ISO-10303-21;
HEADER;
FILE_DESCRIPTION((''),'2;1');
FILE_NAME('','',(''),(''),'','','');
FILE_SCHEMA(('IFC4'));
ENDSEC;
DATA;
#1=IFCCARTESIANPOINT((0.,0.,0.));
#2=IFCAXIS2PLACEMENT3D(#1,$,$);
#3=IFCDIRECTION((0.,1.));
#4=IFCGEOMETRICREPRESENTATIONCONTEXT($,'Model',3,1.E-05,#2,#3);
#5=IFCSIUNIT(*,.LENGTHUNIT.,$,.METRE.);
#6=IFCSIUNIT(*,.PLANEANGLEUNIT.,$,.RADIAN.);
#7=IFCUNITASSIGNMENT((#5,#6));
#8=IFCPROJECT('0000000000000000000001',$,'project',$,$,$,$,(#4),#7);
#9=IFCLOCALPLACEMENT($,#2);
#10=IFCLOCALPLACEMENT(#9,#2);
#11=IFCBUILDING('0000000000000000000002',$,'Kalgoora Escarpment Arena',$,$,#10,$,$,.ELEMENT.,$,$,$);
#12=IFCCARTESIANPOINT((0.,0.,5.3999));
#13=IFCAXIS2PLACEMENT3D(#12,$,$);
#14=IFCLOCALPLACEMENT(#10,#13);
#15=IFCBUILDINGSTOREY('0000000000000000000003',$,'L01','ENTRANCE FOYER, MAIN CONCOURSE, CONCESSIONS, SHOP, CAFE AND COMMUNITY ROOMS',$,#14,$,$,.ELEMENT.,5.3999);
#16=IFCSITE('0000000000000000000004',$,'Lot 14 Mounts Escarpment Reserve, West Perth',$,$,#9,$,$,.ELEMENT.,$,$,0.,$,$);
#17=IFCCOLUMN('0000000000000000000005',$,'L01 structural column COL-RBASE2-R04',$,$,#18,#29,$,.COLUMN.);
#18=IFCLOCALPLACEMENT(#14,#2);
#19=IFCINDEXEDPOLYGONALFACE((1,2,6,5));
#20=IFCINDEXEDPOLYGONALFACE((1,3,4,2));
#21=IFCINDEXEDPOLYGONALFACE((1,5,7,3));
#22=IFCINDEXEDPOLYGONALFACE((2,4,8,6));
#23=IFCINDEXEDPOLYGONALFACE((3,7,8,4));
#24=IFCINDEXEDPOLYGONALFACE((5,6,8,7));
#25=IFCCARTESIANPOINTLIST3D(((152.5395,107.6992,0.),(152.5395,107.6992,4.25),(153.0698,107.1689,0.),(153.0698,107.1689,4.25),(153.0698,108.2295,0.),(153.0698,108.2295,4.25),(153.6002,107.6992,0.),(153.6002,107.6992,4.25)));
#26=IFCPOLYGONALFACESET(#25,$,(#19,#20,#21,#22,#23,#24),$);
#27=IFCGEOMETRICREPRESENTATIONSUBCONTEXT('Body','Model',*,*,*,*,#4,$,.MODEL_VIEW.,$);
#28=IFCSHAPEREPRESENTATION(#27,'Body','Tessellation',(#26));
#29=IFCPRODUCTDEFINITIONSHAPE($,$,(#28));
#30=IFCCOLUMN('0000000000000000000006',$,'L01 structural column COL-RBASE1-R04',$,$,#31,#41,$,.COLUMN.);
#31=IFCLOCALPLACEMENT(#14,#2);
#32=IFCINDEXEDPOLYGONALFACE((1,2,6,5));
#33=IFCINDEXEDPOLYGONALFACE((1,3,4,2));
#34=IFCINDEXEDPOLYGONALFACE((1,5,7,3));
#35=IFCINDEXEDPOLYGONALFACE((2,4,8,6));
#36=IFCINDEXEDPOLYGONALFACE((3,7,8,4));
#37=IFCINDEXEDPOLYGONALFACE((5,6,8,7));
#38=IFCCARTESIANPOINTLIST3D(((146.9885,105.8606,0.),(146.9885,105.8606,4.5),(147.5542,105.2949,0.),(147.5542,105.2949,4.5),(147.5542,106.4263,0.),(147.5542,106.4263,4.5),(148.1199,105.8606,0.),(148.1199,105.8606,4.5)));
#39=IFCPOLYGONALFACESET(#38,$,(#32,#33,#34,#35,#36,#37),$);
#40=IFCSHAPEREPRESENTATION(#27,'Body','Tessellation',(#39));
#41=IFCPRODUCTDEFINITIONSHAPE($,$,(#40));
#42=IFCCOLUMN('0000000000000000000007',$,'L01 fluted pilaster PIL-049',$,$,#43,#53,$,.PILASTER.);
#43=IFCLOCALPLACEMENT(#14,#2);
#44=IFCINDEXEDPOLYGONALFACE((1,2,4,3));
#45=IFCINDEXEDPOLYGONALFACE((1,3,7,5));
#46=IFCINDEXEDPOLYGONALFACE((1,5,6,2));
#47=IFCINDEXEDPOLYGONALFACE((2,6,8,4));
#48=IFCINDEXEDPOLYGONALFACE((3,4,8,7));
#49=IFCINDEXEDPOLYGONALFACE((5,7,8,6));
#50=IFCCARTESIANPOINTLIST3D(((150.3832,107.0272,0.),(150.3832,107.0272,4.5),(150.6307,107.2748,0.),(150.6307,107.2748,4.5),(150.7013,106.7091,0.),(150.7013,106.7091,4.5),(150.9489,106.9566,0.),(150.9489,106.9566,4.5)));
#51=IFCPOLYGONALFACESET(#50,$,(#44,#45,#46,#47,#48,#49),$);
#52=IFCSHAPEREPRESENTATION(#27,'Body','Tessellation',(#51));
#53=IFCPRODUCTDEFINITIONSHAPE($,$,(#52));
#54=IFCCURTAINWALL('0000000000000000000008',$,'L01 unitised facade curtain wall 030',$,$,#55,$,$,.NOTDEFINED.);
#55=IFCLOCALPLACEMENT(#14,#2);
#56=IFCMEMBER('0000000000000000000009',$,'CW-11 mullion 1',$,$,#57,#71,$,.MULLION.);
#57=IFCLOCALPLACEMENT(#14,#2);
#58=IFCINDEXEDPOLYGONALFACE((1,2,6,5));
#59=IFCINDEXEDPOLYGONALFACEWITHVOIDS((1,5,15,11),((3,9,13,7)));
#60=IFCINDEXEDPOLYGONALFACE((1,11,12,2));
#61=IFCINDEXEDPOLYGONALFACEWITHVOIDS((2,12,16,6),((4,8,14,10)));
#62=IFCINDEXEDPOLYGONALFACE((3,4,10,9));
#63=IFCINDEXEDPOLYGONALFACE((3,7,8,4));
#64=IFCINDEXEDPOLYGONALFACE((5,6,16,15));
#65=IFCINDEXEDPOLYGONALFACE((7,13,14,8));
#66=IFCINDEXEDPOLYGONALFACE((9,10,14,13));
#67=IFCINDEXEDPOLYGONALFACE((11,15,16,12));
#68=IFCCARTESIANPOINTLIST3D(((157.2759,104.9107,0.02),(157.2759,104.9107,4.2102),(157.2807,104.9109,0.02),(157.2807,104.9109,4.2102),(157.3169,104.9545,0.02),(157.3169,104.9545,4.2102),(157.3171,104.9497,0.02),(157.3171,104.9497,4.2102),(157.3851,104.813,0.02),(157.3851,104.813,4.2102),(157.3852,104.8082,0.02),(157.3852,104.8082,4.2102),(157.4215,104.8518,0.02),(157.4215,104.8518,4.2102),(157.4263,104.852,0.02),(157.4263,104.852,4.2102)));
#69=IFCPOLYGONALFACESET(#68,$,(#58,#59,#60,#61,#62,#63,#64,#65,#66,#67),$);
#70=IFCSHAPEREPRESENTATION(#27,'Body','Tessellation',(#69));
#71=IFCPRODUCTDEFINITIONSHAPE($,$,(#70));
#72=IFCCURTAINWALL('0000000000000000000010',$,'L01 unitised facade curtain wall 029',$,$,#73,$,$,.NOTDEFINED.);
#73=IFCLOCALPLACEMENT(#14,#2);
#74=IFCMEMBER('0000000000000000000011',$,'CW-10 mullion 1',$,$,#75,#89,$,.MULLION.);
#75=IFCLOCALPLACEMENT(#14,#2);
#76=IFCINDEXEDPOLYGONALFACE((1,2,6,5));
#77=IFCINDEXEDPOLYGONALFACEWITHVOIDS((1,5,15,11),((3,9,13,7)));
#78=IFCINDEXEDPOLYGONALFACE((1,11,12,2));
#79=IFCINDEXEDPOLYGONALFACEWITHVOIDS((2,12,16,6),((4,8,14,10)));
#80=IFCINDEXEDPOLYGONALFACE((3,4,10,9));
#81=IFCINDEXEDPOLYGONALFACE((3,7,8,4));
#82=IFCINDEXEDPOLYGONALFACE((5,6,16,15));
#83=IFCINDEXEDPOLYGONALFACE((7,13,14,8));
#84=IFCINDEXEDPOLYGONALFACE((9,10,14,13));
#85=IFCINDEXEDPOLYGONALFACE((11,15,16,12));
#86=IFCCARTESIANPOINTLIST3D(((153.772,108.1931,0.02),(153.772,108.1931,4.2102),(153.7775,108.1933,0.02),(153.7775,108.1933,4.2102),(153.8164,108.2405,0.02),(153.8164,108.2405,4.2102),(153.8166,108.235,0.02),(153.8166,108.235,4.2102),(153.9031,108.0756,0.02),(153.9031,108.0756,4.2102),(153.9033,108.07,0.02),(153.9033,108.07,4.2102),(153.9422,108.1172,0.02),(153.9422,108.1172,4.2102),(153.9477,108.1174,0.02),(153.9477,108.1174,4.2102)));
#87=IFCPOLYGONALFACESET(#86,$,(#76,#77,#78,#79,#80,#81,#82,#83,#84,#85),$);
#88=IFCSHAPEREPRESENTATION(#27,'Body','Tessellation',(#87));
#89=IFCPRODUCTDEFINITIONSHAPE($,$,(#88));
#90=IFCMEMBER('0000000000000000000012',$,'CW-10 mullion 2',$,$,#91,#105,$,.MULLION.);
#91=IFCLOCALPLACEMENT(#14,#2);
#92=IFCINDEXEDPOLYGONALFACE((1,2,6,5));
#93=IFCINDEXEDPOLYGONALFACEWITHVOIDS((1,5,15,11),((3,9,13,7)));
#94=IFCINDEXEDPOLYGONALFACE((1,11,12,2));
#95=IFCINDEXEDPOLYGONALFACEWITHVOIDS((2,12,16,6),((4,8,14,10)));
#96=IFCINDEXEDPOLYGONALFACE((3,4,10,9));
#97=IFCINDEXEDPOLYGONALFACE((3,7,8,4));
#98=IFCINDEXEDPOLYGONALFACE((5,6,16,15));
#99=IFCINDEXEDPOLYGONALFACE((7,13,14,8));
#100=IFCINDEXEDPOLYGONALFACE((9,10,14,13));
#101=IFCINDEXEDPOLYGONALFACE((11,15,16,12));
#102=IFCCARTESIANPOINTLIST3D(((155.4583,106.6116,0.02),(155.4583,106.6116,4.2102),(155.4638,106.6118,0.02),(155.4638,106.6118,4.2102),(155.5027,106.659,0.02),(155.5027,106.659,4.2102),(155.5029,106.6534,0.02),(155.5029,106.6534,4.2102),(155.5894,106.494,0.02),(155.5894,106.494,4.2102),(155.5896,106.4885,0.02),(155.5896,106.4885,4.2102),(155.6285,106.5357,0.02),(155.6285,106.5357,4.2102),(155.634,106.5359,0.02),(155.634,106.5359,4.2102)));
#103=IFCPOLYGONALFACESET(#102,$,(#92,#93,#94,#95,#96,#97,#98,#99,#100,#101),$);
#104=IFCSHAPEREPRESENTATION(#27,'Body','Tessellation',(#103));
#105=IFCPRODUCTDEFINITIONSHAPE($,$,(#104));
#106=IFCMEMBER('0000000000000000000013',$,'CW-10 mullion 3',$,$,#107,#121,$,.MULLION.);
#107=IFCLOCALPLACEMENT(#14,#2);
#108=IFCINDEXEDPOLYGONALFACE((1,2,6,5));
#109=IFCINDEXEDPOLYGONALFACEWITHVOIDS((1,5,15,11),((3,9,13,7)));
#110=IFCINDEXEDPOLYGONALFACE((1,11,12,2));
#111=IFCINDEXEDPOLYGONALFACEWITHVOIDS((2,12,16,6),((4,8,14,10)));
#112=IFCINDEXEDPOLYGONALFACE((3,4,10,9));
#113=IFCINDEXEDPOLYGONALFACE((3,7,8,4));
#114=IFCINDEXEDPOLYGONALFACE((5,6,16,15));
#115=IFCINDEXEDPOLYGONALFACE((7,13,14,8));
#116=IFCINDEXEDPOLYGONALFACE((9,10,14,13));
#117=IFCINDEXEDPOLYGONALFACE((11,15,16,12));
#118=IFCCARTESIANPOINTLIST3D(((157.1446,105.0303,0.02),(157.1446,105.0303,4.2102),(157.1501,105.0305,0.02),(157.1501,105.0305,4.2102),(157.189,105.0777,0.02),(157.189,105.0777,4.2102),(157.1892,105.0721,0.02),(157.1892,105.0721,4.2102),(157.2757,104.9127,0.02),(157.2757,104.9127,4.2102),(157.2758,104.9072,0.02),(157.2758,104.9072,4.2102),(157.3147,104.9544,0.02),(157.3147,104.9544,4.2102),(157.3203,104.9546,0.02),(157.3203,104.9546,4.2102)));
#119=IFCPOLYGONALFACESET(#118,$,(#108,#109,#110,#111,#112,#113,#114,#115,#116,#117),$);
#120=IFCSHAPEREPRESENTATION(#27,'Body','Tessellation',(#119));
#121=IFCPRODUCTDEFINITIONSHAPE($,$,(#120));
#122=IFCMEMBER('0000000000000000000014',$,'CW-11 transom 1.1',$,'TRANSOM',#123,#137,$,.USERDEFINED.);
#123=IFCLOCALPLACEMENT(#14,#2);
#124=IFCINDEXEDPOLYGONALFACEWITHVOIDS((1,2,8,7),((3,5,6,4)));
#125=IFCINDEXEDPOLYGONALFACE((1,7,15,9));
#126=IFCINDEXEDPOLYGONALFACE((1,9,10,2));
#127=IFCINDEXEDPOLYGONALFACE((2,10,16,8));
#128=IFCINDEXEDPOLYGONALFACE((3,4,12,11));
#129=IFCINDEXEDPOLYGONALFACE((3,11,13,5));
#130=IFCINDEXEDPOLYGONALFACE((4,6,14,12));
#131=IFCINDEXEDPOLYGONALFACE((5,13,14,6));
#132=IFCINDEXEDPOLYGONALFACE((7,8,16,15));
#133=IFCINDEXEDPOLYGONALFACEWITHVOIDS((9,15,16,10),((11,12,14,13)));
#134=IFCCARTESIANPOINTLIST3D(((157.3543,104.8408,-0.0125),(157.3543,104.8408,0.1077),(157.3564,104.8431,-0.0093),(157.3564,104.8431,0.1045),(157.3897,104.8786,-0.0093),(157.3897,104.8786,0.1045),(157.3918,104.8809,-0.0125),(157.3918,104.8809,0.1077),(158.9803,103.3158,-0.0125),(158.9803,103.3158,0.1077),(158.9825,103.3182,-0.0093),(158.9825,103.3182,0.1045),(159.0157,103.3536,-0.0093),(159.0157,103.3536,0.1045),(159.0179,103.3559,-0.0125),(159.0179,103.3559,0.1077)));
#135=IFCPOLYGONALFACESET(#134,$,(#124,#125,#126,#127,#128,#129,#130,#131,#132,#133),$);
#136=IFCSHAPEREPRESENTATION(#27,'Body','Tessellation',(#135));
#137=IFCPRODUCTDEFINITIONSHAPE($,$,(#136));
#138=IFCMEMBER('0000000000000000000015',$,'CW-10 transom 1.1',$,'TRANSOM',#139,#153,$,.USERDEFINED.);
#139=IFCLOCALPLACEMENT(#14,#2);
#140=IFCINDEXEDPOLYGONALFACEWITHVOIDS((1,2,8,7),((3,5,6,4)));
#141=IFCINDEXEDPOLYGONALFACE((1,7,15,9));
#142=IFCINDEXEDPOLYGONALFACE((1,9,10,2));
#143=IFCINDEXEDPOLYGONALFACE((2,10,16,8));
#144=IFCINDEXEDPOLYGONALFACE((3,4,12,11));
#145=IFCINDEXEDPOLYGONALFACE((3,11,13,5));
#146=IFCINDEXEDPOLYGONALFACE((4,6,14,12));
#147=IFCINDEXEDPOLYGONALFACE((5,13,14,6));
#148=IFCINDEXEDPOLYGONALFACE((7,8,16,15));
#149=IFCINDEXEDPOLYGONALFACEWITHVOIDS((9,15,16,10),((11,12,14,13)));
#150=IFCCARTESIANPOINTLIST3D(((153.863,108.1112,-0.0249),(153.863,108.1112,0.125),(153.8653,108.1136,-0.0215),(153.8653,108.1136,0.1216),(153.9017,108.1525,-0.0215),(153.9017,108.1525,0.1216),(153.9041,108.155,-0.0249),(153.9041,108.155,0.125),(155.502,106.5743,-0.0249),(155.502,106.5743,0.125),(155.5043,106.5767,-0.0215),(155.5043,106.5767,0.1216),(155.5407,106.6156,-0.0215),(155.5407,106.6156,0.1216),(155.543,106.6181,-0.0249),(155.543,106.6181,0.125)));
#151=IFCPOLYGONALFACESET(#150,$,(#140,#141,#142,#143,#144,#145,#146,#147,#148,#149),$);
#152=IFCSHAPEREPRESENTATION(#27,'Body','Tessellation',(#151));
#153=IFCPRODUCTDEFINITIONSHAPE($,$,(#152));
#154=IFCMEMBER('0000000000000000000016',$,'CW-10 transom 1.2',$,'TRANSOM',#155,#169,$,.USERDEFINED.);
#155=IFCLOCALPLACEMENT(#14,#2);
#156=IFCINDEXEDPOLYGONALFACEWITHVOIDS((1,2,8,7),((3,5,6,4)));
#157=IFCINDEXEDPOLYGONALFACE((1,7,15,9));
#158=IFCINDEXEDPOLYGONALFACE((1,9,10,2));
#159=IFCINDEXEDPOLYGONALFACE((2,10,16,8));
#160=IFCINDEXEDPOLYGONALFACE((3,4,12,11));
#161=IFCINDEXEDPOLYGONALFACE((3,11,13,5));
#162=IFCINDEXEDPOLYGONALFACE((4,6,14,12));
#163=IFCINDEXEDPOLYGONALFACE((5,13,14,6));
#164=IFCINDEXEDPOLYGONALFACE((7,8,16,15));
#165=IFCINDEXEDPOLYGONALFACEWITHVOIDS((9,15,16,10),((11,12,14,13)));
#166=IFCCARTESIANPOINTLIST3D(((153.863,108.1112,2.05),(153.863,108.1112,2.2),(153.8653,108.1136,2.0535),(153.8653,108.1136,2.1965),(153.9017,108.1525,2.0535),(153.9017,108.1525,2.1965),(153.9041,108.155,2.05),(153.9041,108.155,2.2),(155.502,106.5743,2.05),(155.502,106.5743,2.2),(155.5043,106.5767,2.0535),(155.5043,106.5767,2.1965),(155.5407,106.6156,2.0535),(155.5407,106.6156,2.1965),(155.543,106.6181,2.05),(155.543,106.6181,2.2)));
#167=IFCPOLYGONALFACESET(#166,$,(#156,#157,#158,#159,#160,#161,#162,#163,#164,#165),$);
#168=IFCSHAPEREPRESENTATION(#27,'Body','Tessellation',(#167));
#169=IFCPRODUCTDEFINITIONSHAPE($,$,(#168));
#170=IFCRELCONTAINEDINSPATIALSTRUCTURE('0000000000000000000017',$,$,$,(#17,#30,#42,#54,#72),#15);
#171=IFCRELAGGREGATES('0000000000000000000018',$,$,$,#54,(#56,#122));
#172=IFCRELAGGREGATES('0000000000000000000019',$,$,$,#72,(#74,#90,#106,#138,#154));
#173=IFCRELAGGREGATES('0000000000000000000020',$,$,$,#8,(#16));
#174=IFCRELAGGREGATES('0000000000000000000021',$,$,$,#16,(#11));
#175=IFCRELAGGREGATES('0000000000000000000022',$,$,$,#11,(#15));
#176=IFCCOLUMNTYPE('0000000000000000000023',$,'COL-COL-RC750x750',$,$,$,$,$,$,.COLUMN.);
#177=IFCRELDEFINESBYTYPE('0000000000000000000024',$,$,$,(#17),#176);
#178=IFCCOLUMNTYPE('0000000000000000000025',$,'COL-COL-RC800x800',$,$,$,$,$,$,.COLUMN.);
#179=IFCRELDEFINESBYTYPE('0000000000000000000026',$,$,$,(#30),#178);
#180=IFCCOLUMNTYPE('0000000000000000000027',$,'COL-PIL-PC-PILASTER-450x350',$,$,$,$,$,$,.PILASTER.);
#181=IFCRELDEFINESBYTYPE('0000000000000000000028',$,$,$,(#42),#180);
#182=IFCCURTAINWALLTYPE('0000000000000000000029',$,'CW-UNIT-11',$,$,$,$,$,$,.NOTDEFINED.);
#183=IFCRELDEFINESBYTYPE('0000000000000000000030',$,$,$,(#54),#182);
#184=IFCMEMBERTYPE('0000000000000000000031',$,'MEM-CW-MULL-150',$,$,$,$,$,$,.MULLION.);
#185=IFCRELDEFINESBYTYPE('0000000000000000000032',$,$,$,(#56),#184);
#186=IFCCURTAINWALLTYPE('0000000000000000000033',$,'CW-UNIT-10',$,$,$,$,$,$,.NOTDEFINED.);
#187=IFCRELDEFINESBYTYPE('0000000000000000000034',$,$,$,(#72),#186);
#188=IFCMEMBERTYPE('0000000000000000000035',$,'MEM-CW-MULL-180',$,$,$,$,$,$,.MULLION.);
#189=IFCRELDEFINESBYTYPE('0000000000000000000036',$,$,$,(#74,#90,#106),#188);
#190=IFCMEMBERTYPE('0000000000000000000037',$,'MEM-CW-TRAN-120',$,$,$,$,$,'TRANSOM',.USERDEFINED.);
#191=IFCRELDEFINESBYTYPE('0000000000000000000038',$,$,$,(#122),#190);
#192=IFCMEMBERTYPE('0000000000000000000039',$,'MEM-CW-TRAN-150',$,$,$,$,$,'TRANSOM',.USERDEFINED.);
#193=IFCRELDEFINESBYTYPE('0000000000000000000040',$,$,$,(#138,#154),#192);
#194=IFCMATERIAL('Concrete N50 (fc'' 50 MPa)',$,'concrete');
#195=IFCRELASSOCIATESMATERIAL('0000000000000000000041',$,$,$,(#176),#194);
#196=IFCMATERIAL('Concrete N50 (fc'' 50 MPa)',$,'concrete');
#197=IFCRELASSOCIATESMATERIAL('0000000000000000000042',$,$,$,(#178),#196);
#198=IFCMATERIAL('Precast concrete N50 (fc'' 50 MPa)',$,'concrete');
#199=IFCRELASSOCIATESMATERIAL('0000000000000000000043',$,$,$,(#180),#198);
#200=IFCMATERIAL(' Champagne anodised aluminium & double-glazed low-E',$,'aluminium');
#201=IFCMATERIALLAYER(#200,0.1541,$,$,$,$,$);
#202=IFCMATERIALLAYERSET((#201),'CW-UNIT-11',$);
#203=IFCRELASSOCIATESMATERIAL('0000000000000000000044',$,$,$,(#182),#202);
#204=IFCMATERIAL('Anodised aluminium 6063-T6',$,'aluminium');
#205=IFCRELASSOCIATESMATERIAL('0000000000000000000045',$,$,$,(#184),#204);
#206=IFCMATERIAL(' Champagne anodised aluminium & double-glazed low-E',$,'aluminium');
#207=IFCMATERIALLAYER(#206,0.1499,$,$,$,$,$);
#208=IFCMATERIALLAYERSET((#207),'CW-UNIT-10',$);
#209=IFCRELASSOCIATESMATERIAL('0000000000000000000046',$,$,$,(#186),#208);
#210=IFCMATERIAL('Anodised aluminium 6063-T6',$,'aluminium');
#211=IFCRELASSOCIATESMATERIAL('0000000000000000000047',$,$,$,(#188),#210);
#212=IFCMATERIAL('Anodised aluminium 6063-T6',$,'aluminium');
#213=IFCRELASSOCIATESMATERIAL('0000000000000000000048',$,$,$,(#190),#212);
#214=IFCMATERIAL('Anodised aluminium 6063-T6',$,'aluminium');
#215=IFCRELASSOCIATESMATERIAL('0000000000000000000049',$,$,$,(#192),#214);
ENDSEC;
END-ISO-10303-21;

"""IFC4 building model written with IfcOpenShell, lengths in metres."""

from ifc_helpers import new_model, si_unit, direction, frame, origin, origin_2d, place, context, subcontext, project, spatial, rectangle, hollow_rectangle, extrude, material, layer, layer_set, material_profile, profile_set, type_object, element, aggregate, save


model = new_model("IFC4")

# Units and contexts
model_context = context("Model", 3, precision=1e-05, world=origin(), true_north=direction((0.0, 1.0)))
body_context = subcontext(model_context, "Body", "Model", "MODEL_VIEW")
ifc_project = project(units=[si_unit("LENGTHUNIT", "METRE"), si_unit("PLANEANGLEUNIT", "RADIAN")], contexts=[model_context])

# Site, building, storey
site_placement = place(None, origin())
site = spatial("IfcSite", under=ifc_project, at=site_placement, Name="Lot 14 Mounts Escarpment Reserve, West Perth", CompositionType="ELEMENT", RefElevation=0.0)
building_placement = place(site_placement, origin())
building = spatial("IfcBuilding", under=site, at=building_placement, Name="Kalgoora Escarpment Arena", CompositionType="ELEMENT")
storey_placement = place(building_placement, frame((0.0, 0.0, 5.3999)))
storey = spatial("IfcBuildingStorey", under=building, at=storey_placement, Name="L01", Description="ENTRANCE FOYER, MAIN CONCOURSE, CONCESSIONS, SHOP, CAFE AND COMMUNITY ROOMS", CompositionType="ELEMENT", Elevation=5.3999)

# Columns
ifc_material_1 = material(Name="Concrete N50 (fc' 50 MPa)", Category="concrete")
ifc_material_profile_1 = material_profile(ifc_material_1, rectangle(XDim=0.75, YDim=0.75, at=origin_2d()))
ifc_profile_set_1 = profile_set([ifc_material_profile_1], Name="Concrete N50 (fc' 50 MPa)")
column_type_1 = type_object("IfcColumnType", Name="COL-COL-RC750x750", PredefinedType="COLUMN", material=ifc_profile_set_1)
column_1_placement = place(storey_placement, frame((153.0698, 107.6992, 0.0), z_axis=(0.0, 0.0, 1.0), x_axis=(0.707107, 0.707107, 0.0)))
element("IfcColumn", 1, at=column_1_placement, inside=storey, type_object=column_type_1, Name="L01 structural column COL-RBASE2-R04", PredefinedType="COLUMN", context=body_context, shape_type="SweptSolid", body=[
    extrude(rectangle(XDim=0.75, YDim=0.75, at=origin_2d()), origin(), (0.0, 0.0, 1.0), 4.25),
])
ifc_material_2 = material(Name="Concrete N50 (fc' 50 MPa)", Category="concrete")
ifc_material_profile_2 = material_profile(ifc_material_2, rectangle(XDim=0.8, YDim=0.8, at=origin_2d()))
ifc_profile_set_2 = profile_set([ifc_material_profile_2], Name="Concrete N50 (fc' 50 MPa)")
column_type_2 = type_object("IfcColumnType", Name="COL-COL-RC800x800", PredefinedType="COLUMN", material=ifc_profile_set_2)
column_2_placement = place(storey_placement, frame((147.5542, 105.8606, 0.0), z_axis=(0.0, 0.0, 1.0), x_axis=(0.707107, 0.707107, 0.0)))
element("IfcColumn", 2, at=column_2_placement, inside=storey, type_object=column_type_2, Name="L01 structural column COL-RBASE1-R04", PredefinedType="COLUMN", context=body_context, shape_type="SweptSolid", body=[
    extrude(rectangle(XDim=0.8, YDim=0.8, at=origin_2d()), origin(), (0.0, 0.0, 1.0), 4.5),
])
ifc_material_3 = material(Name="Precast concrete N50 (fc' 50 MPa)", Category="concrete")
ifc_material_profile_3 = material_profile(ifc_material_3, rectangle(XDim=0.3501, YDim=0.45, at=origin_2d()))
ifc_profile_set_3 = profile_set([ifc_material_profile_3], Name="Precast concrete N50 (fc' 50 MPa)")
column_type_3 = type_object("IfcColumnType", Name="COL-PIL-PC-PILASTER-450x350", PredefinedType="PILASTER", material=ifc_profile_set_3)
column_3_placement = place(storey_placement, frame((150.666, 106.9919, 0.0), z_axis=(0.0, 0.0, 1.0), x_axis=(0.707107, 0.707107, 0.0)))
element("IfcColumn", 3, at=column_3_placement, inside=storey, type_object=column_type_3, Name="L01 fluted pilaster PIL-049", PredefinedType="PILASTER", context=body_context, shape_type="SweptSolid", body=[
    extrude(rectangle(XDim=0.3501, YDim=0.45, at=origin_2d()), origin(), (0.0, 0.0, 1.0), 4.5),
])

# Curtain wall, member
ifc_material_4 = material(Name=" Champagne anodised aluminium & double-glazed low-E", Category="aluminium")
ifc_layer_1 = layer(ifc_material_4, 0.1541)
ifc_layer_set_1 = layer_set([ifc_layer_1], Name="CW-UNIT-11")
curtain_wall_type_1 = type_object("IfcCurtainWallType", Name="CW-UNIT-11", PredefinedType="NOTDEFINED", material=ifc_layer_set_1)
curtain_wall_1_placement = place(storey_placement, origin())
curtain_wall_1 = element("IfcCurtainWall", 4, at=curtain_wall_1_placement, inside=storey, type_object=curtain_wall_type_1, Name="L01 unitised facade curtain wall 030", PredefinedType="NOTDEFINED")
ifc_material_5 = material(Name="Anodised aluminium 6063-T6", Category="aluminium")
ifc_material_profile_4 = material_profile(ifc_material_5, hollow_rectangle(XDim=0.0601, YDim=0.1499, WallThickness=0.0034, at=origin_2d()))
ifc_profile_set_4 = profile_set([ifc_material_profile_4], Name="Anodised aluminium 6063-T6")
member_type_1 = type_object("IfcMemberType", Name="MEM-CW-MULL-150", PredefinedType="MULLION", material=ifc_profile_set_4)
member_1_placement = place(storey_placement, frame((157.3511, 104.8813, 0.02), z_axis=(0.0, 0.0, 1.0), x_axis=(0.684029, 0.729455, 0.0)))
member_1 = element("IfcMember", 5, at=member_1_placement, type_object=member_type_1, Name="CW-11 mullion 1", PredefinedType="MULLION", context=body_context, shape_type="SweptSolid", body=[
    extrude(hollow_rectangle(XDim=0.0601, YDim=0.1499, WallThickness=0.0034, at=origin_2d()), origin(), (0.0, 0.0, 1.0), 4.1902),
])

# Curtain wall, members
ifc_material_6 = material(Name=" Champagne anodised aluminium & double-glazed low-E", Category="aluminium")
ifc_layer_2 = layer(ifc_material_6, 0.1499)
ifc_layer_set_2 = layer_set([ifc_layer_2], Name="CW-UNIT-10")
curtain_wall_type_2 = type_object("IfcCurtainWallType", Name="CW-UNIT-10", PredefinedType="NOTDEFINED", material=ifc_layer_set_2)
curtain_wall_2_placement = place(storey_placement, origin())
curtain_wall_2 = element("IfcCurtainWall", 6, at=curtain_wall_2_placement, inside=storey, type_object=curtain_wall_type_2, Name="L01 unitised facade curtain wall 029", PredefinedType="NOTDEFINED")
ifc_material_7 = material(Name="Anodised aluminium 6063-T6", Category="aluminium")
ifc_material_profile_5 = material_profile(ifc_material_7, hollow_rectangle(XDim=0.0649, YDim=0.1799, WallThickness=0.0039, at=origin_2d()))
ifc_profile_set_5 = profile_set([ifc_material_profile_5], Name="Anodised aluminium 6063-T6")
member_type_2 = type_object("IfcMemberType", Name="MEM-CW-MULL-180", PredefinedType="MULLION", material=ifc_profile_set_5)
member_2_placement = place(storey_placement, frame((153.8599, 108.1553, 0.02), z_axis=(0.0, 0.0, 1.0), x_axis=(0.684038, 0.729447, 0.0)))
member_2 = element("IfcMember", 7, at=member_2_placement, type_object=member_type_2, Name="CW-10 mullion 1", PredefinedType="MULLION", context=body_context, shape_type="SweptSolid", body=[
    extrude(hollow_rectangle(XDim=0.0649, YDim=0.1799, WallThickness=0.0039, at=origin_2d()), origin(), (0.0, 0.0, 1.0), 4.1902),
])
member_3_placement = place(storey_placement, frame((155.5461, 106.5737, 0.02), z_axis=(0.0, 0.0, 1.0), x_axis=(0.684038, 0.729447, 0.0)))
member_3 = element("IfcMember", 8, at=member_3_placement, type_object=member_type_2, Name="CW-10 mullion 2", PredefinedType="MULLION", context=body_context, shape_type="SweptSolid", body=[
    extrude(hollow_rectangle(XDim=0.0649, YDim=0.1799, WallThickness=0.0039, at=origin_2d()), origin(), (0.0, 0.0, 1.0), 4.1902),
])
member_4_placement = place(storey_placement, frame((157.2324, 104.9924, 0.02), z_axis=(0.0, 0.0, 1.0), x_axis=(0.684038, 0.729447, 0.0)))
member_4 = element("IfcMember", 9, at=member_4_placement, type_object=member_type_2, Name="CW-10 mullion 3", PredefinedType="MULLION", context=body_context, shape_type="SweptSolid", body=[
    extrude(hollow_rectangle(XDim=0.0649, YDim=0.1799, WallThickness=0.0039, at=origin_2d()), origin(), (0.0, 0.0, 1.0), 4.1902),
])

# Members
ifc_material_8 = material(Name="Anodised aluminium 6063-T6", Category="aluminium")
ifc_material_profile_6 = material_profile(ifc_material_8, hollow_rectangle(XDim=0.0549, YDim=0.1201, WallThickness=0.0032, at=origin_2d()))
ifc_profile_set_6 = profile_set([ifc_material_profile_6], Name="Anodised aluminium 6063-T6")
member_type_3 = type_object("IfcMemberType", Name="MEM-CW-TRAN-120", ElementType="TRANSOM", PredefinedType="USERDEFINED", material=ifc_profile_set_6)
member_5_placement = place(storey_placement, frame((157.373, 104.8608, 0.0476), z_axis=(0.729414, -0.684072, 0.0), x_axis=(0.684072, 0.729414, 0.0)))
member_5 = element("IfcMember", 10, at=member_5_placement, type_object=member_type_3, Name="CW-11 transom 1.1", ObjectType="TRANSOM", PredefinedType="USERDEFINED", context=body_context, shape_type="SweptSolid", body=[
    extrude(hollow_rectangle(XDim=0.0549, YDim=0.1201, WallThickness=0.0032, at=origin_2d()), origin(), (0.0, 0.0, 1.0), 2.2292),
])
aggregate(curtain_wall_1, [member_1, member_5])
ifc_material_9 = material(Name="Anodised aluminium 6063-T6", Category="aluminium")
ifc_material_profile_7 = material_profile(ifc_material_9, hollow_rectangle(XDim=0.0601, YDim=0.1499, WallThickness=0.0034, at=origin_2d()))
ifc_profile_set_7 = profile_set([ifc_material_profile_7], Name="Anodised aluminium 6063-T6")
member_type_4 = type_object("IfcMemberType", Name="MEM-CW-TRAN-150", ElementType="TRANSOM", PredefinedType="USERDEFINED", material=ifc_profile_set_7)
member_6_placement = place(storey_placement, frame((153.8835, 108.1331, 0.05), z_axis=(0.729452, -0.684031, 0.0), x_axis=(0.684031, 0.729452, 0.0)))
member_6 = element("IfcMember", 11, at=member_6_placement, type_object=member_type_4, Name="CW-10 transom 1.1", ObjectType="TRANSOM", PredefinedType="USERDEFINED", context=body_context, shape_type="SweptSolid", body=[
    extrude(hollow_rectangle(XDim=0.0601, YDim=0.1499, WallThickness=0.0034, at=origin_2d()), origin(), (0.0, 0.0, 1.0), 2.2468),
])
member_7_placement = place(storey_placement, frame((153.8835, 108.1331, 2.125), z_axis=(0.729452, -0.684031, 0.0), x_axis=(0.684031, 0.729452, 0.0)))
member_7 = element("IfcMember", 12, at=member_7_placement, type_object=member_type_4, Name="CW-10 transom 1.2", ObjectType="TRANSOM", PredefinedType="USERDEFINED", context=body_context, shape_type="SweptSolid", body=[
    extrude(hollow_rectangle(XDim=0.0601, YDim=0.1499, WallThickness=0.0034, at=origin_2d()), origin(), (0.0, 0.0, 1.0), 2.2468),
])

aggregate(curtain_wall_2, [member_2, member_3, member_4, member_6, member_7])

save(model, "model.ifc")
